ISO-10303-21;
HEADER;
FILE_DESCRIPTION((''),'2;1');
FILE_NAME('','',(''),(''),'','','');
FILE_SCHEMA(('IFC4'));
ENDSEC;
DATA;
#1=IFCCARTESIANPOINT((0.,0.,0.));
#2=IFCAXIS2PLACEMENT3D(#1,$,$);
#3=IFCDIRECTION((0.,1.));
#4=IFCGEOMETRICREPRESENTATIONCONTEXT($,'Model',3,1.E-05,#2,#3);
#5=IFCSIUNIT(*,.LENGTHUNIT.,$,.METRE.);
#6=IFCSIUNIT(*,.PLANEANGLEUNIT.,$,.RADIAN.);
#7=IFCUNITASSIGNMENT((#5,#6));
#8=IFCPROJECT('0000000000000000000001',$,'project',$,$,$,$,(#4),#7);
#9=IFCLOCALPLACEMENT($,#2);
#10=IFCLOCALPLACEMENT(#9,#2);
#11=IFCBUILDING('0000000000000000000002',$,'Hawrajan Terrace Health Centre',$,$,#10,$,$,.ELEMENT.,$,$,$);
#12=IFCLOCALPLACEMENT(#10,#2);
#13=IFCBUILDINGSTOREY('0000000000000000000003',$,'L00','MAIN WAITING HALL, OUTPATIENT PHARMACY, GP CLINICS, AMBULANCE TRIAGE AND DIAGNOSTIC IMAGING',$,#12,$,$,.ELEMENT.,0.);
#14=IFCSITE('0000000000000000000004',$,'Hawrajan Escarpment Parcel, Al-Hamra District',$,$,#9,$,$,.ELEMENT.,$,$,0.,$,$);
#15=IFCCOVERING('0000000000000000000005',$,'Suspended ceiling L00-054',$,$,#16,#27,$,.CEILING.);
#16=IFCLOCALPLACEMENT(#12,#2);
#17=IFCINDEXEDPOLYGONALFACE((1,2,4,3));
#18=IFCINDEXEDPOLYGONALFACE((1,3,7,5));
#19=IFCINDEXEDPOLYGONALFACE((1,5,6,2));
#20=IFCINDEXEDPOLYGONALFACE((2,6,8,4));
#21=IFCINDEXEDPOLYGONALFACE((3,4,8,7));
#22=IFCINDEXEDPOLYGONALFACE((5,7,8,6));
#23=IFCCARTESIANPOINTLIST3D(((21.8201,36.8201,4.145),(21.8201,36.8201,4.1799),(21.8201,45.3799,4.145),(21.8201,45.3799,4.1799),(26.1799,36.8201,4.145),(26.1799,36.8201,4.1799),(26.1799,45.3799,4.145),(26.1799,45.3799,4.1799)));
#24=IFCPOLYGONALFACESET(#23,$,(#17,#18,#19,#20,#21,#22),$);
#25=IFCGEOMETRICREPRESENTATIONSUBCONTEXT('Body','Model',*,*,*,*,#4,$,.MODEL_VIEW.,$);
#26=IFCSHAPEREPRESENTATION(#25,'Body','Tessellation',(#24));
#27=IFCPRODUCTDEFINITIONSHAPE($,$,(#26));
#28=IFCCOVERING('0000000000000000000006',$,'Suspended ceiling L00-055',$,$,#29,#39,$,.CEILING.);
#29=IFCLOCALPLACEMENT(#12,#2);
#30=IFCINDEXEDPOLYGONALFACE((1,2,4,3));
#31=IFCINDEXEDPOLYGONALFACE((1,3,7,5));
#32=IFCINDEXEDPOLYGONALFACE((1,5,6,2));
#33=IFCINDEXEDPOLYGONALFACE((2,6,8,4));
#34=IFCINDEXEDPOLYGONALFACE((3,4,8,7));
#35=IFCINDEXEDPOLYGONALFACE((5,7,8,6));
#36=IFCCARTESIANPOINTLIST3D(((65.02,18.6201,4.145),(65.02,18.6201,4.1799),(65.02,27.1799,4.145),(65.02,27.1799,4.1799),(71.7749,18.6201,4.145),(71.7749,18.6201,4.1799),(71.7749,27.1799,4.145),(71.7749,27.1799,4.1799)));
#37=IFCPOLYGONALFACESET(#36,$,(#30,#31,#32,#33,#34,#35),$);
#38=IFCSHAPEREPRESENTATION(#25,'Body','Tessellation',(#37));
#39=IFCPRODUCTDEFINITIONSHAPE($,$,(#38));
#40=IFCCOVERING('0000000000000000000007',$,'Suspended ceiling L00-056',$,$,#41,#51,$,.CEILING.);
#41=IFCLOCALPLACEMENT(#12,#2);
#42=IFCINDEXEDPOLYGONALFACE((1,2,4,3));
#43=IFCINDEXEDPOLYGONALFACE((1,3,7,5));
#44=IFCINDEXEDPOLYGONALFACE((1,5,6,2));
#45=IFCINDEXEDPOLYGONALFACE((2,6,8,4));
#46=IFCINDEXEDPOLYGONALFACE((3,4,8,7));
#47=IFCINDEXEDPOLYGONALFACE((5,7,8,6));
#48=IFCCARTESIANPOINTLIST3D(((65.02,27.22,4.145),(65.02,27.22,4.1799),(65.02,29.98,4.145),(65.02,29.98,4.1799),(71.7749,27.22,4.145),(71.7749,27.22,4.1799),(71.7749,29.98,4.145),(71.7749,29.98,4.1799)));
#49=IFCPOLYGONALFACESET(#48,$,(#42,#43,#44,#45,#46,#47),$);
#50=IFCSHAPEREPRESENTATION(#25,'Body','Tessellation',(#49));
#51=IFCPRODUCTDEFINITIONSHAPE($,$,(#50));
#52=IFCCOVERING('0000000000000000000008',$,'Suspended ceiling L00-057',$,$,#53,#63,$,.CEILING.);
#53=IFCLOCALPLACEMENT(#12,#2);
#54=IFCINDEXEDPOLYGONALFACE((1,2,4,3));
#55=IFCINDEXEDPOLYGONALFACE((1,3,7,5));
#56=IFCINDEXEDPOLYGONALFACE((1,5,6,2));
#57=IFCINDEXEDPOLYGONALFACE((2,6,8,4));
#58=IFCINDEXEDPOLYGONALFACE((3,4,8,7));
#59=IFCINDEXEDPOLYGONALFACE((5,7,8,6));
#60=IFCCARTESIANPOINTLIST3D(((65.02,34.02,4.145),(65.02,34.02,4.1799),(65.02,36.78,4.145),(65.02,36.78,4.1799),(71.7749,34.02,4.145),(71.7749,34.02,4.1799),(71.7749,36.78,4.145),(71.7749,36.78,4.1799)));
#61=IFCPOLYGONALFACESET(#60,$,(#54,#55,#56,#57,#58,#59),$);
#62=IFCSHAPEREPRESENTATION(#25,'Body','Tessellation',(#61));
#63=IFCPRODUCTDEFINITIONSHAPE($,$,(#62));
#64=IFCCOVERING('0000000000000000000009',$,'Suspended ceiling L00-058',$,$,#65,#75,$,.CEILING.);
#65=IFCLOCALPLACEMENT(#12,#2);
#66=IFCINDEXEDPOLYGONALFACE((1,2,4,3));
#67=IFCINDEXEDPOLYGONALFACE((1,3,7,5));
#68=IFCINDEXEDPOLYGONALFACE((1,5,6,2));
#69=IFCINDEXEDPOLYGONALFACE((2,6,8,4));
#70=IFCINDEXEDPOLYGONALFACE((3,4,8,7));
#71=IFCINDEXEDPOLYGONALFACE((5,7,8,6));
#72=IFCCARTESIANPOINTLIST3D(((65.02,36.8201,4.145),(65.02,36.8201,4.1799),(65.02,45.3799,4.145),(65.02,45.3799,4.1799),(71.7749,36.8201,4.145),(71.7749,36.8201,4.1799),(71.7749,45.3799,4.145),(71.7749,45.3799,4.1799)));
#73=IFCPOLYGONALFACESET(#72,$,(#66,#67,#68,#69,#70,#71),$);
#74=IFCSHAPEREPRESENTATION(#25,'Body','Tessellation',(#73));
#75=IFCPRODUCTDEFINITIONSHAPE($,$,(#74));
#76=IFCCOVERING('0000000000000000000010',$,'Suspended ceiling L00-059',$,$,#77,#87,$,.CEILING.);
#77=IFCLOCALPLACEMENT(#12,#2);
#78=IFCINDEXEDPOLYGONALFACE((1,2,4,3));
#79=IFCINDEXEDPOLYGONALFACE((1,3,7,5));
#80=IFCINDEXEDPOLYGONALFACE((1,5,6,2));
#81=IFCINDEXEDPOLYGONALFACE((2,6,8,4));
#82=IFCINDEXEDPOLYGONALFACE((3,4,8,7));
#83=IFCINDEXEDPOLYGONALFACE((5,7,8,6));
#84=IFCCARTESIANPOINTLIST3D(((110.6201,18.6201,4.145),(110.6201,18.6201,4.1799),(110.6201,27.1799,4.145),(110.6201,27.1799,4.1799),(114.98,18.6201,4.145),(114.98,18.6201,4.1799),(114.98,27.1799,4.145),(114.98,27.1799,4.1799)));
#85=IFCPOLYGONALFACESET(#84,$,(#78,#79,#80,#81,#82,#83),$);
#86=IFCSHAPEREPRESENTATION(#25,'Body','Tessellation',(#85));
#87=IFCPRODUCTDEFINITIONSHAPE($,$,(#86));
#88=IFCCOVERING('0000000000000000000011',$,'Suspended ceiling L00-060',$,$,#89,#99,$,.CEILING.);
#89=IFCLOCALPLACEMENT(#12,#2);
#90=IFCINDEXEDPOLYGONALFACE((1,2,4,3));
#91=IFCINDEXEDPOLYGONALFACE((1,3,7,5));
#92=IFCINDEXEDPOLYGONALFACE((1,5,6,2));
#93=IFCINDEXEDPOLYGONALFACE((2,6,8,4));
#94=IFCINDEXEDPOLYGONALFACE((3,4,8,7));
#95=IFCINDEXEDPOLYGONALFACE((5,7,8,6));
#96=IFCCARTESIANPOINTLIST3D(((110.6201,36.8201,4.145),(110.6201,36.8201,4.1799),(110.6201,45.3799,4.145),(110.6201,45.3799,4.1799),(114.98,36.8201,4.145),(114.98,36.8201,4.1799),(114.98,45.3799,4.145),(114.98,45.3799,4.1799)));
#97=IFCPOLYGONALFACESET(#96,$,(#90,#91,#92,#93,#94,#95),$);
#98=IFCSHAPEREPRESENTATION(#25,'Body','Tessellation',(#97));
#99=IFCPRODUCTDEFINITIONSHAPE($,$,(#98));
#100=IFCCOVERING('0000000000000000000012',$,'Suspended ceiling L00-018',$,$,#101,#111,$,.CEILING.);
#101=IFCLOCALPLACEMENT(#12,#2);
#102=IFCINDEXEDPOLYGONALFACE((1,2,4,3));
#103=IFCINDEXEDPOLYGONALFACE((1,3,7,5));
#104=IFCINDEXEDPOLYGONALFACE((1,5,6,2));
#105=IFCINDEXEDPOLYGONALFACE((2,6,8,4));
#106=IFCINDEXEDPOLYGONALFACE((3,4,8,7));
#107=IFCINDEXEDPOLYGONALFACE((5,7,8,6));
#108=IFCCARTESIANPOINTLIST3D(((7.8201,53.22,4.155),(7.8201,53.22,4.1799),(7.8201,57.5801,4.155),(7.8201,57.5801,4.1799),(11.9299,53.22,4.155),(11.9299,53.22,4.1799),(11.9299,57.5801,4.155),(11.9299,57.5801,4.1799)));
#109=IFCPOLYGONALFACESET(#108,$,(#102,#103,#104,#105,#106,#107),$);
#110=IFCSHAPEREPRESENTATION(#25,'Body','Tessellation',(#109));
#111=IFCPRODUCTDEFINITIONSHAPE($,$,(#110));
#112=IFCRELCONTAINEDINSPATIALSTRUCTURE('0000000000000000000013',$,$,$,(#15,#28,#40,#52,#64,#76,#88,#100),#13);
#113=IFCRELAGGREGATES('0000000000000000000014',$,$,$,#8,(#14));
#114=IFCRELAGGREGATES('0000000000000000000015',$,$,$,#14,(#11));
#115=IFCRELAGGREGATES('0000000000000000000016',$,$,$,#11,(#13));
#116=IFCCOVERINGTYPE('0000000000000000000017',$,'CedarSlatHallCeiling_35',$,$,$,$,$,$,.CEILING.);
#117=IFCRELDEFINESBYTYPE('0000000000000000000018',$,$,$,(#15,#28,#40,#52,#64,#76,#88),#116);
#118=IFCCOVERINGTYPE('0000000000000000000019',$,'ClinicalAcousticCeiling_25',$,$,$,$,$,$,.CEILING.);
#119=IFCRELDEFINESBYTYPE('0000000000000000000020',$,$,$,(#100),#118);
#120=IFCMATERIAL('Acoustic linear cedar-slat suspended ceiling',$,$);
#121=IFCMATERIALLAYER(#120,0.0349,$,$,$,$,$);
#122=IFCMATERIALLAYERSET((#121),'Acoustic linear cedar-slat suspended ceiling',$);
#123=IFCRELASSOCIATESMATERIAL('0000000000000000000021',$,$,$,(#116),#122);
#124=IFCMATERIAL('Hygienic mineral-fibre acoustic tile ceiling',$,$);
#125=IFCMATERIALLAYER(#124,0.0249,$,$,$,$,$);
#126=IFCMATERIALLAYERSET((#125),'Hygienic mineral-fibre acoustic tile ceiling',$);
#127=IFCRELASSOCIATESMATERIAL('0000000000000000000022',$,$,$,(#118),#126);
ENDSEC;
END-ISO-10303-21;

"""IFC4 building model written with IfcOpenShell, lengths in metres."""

from ifc_helpers import new_model, si_unit, direction, frame, origin, place, context, subcontext, project, spatial, polyline, outline, extrude, material, layer, layer_set, type_object, element, save


model = new_model("IFC4")

# Units and contexts
model_context = context("Model", 3, precision=1e-05, world=origin(), true_north=direction((0.0, 1.0)))
body_context = subcontext(model_context, "Body", "Model", "MODEL_VIEW")
ifc_project = project(units=[si_unit("LENGTHUNIT", "METRE"), si_unit("PLANEANGLEUNIT", "RADIAN")], contexts=[model_context])

# Site, building, storey
site_placement = place(None, origin())
site = spatial("IfcSite", under=ifc_project, at=site_placement, Name="Hawrajan Escarpment Parcel, Al-Hamra District", CompositionType="ELEMENT", RefElevation=0.0)
building_placement = place(site_placement, origin())
building = spatial("IfcBuilding", under=site, at=building_placement, Name="Hawrajan Terrace Health Centre", CompositionType="ELEMENT")
storey_placement = place(building_placement, origin())
storey = spatial("IfcBuildingStorey", under=building, at=storey_placement, Name="L00", Description="MAIN WAITING HALL, OUTPATIENT PHARMACY, GP CLINICS, AMBULANCE TRIAGE AND DIAGNOSTIC IMAGING", CompositionType="ELEMENT", Elevation=0.0)

# Coverings
ifc_material_1 = material(Name="Acoustic linear cedar-slat suspended ceiling")
ifc_layer_1 = layer(ifc_material_1, 0.0349)
ifc_layer_set_1 = layer_set([ifc_layer_1], Name="Acoustic linear cedar-slat suspended ceiling")
covering_type_1 = type_object("IfcCoveringType", Name="CedarSlatHallCeiling_35", PredefinedType="CEILING", material=ifc_layer_set_1)
covering_1_placement = place(storey_placement, frame((0.0, 0.0, 4.145)))
element("IfcCovering", 1, at=covering_1_placement, inside=storey, type_object=covering_type_1, Name="Suspended ceiling L00-054", PredefinedType="CEILING", context=body_context, shape_type="SweptSolid", body=[
    extrude(outline(polyline([(21.8201, 45.3799), (26.1799, 45.3799), (26.1799, 36.8201), (21.8201, 36.8201), (21.8201, 45.3799)])), origin(), (0.0, 0.0, 1.0), 0.0349),
])
covering_2_placement = place(storey_placement, frame((0.0, 0.0, 4.145)))
element("IfcCovering", 2, at=covering_2_placement, inside=storey, type_object=covering_type_1, Name="Suspended ceiling L00-055", PredefinedType="CEILING", context=body_context, shape_type="SweptSolid", body=[
    extrude(outline(polyline([(65.02, 27.1799), (71.7749, 27.1799), (71.7749, 18.6201), (65.02, 18.6201), (65.02, 27.1799)])), origin(), (0.0, 0.0, 1.0), 0.0349),
])
covering_3_placement = place(storey_placement, frame((0.0, 0.0, 4.145)))
element("IfcCovering", 3, at=covering_3_placement, inside=storey, type_object=covering_type_1, Name="Suspended ceiling L00-056", PredefinedType="CEILING", context=body_context, shape_type="SweptSolid", body=[
    extrude(outline(polyline([(65.02, 29.98), (71.7749, 29.98), (71.7749, 27.22), (65.02, 27.22), (65.02, 29.98)])), origin(), (0.0, 0.0, 1.0), 0.0349),
])
covering_4_placement = place(storey_placement, frame((0.0, 0.0, 4.145)))
element("IfcCovering", 4, at=covering_4_placement, inside=storey, type_object=covering_type_1, Name="Suspended ceiling L00-057", PredefinedType="CEILING", context=body_context, shape_type="SweptSolid", body=[
    extrude(outline(polyline([(65.02, 36.78), (71.7749, 36.78), (71.7749, 34.02), (65.02, 34.02), (65.02, 36.78)])), origin(), (0.0, 0.0, 1.0), 0.0349),
])
covering_5_placement = place(storey_placement, frame((0.0, 0.0, 4.145)))
element("IfcCovering", 5, at=covering_5_placement, inside=storey, type_object=covering_type_1, Name="Suspended ceiling L00-058", PredefinedType="CEILING", context=body_context, shape_type="SweptSolid", body=[
    extrude(outline(polyline([(65.02, 45.3799), (71.7749, 45.3799), (71.7749, 36.8201), (65.02, 36.8201), (65.02, 45.3799)])), origin(), (0.0, 0.0, 1.0), 0.0349),
])
covering_6_placement = place(storey_placement, frame((0.0, 0.0, 4.145)))
element("IfcCovering", 6, at=covering_6_placement, inside=storey, type_object=covering_type_1, Name="Suspended ceiling L00-059", PredefinedType="CEILING", context=body_context, shape_type="SweptSolid", body=[
    extrude(outline(polyline([(110.6201, 27.1799), (114.98, 27.1799), (114.98, 18.6201), (110.6201, 18.6201), (110.6201, 27.1799)])), origin(), (0.0, 0.0, 1.0), 0.0349),
])
covering_7_placement = place(storey_placement, frame((0.0, 0.0, 4.145)))
element("IfcCovering", 7, at=covering_7_placement, inside=storey, type_object=covering_type_1, Name="Suspended ceiling L00-060", PredefinedType="CEILING", context=body_context, shape_type="SweptSolid", body=[
    extrude(outline(polyline([(110.6201, 45.3799), (114.98, 45.3799), (114.98, 36.8201), (110.6201, 36.8201), (110.6201, 45.3799)])), origin(), (0.0, 0.0, 1.0), 0.0349),
])
ifc_material_2 = material(Name="Hygienic mineral-fibre acoustic tile ceiling")
ifc_layer_2 = layer(ifc_material_2, 0.0249)
ifc_layer_set_2 = layer_set([ifc_layer_2], Name="Hygienic mineral-fibre acoustic tile ceiling")
covering_type_2 = type_object("IfcCoveringType", Name="ClinicalAcousticCeiling_25", PredefinedType="CEILING", material=ifc_layer_set_2)
covering_8_placement = place(storey_placement, frame((0.0, 0.0, 4.155)))
element("IfcCovering", 8, at=covering_8_placement, inside=storey, type_object=covering_type_2, Name="Suspended ceiling L00-018", PredefinedType="CEILING", context=body_context, shape_type="SweptSolid", body=[
    extrude(outline(polyline([(7.8201, 53.22), (7.8201, 57.5801), (11.9299, 57.5801), (11.9299, 53.22), (7.8201, 53.22)])), origin(), (0.0, 0.0, 1.0), 0.0249),
])

save(model, "model.ifc")
